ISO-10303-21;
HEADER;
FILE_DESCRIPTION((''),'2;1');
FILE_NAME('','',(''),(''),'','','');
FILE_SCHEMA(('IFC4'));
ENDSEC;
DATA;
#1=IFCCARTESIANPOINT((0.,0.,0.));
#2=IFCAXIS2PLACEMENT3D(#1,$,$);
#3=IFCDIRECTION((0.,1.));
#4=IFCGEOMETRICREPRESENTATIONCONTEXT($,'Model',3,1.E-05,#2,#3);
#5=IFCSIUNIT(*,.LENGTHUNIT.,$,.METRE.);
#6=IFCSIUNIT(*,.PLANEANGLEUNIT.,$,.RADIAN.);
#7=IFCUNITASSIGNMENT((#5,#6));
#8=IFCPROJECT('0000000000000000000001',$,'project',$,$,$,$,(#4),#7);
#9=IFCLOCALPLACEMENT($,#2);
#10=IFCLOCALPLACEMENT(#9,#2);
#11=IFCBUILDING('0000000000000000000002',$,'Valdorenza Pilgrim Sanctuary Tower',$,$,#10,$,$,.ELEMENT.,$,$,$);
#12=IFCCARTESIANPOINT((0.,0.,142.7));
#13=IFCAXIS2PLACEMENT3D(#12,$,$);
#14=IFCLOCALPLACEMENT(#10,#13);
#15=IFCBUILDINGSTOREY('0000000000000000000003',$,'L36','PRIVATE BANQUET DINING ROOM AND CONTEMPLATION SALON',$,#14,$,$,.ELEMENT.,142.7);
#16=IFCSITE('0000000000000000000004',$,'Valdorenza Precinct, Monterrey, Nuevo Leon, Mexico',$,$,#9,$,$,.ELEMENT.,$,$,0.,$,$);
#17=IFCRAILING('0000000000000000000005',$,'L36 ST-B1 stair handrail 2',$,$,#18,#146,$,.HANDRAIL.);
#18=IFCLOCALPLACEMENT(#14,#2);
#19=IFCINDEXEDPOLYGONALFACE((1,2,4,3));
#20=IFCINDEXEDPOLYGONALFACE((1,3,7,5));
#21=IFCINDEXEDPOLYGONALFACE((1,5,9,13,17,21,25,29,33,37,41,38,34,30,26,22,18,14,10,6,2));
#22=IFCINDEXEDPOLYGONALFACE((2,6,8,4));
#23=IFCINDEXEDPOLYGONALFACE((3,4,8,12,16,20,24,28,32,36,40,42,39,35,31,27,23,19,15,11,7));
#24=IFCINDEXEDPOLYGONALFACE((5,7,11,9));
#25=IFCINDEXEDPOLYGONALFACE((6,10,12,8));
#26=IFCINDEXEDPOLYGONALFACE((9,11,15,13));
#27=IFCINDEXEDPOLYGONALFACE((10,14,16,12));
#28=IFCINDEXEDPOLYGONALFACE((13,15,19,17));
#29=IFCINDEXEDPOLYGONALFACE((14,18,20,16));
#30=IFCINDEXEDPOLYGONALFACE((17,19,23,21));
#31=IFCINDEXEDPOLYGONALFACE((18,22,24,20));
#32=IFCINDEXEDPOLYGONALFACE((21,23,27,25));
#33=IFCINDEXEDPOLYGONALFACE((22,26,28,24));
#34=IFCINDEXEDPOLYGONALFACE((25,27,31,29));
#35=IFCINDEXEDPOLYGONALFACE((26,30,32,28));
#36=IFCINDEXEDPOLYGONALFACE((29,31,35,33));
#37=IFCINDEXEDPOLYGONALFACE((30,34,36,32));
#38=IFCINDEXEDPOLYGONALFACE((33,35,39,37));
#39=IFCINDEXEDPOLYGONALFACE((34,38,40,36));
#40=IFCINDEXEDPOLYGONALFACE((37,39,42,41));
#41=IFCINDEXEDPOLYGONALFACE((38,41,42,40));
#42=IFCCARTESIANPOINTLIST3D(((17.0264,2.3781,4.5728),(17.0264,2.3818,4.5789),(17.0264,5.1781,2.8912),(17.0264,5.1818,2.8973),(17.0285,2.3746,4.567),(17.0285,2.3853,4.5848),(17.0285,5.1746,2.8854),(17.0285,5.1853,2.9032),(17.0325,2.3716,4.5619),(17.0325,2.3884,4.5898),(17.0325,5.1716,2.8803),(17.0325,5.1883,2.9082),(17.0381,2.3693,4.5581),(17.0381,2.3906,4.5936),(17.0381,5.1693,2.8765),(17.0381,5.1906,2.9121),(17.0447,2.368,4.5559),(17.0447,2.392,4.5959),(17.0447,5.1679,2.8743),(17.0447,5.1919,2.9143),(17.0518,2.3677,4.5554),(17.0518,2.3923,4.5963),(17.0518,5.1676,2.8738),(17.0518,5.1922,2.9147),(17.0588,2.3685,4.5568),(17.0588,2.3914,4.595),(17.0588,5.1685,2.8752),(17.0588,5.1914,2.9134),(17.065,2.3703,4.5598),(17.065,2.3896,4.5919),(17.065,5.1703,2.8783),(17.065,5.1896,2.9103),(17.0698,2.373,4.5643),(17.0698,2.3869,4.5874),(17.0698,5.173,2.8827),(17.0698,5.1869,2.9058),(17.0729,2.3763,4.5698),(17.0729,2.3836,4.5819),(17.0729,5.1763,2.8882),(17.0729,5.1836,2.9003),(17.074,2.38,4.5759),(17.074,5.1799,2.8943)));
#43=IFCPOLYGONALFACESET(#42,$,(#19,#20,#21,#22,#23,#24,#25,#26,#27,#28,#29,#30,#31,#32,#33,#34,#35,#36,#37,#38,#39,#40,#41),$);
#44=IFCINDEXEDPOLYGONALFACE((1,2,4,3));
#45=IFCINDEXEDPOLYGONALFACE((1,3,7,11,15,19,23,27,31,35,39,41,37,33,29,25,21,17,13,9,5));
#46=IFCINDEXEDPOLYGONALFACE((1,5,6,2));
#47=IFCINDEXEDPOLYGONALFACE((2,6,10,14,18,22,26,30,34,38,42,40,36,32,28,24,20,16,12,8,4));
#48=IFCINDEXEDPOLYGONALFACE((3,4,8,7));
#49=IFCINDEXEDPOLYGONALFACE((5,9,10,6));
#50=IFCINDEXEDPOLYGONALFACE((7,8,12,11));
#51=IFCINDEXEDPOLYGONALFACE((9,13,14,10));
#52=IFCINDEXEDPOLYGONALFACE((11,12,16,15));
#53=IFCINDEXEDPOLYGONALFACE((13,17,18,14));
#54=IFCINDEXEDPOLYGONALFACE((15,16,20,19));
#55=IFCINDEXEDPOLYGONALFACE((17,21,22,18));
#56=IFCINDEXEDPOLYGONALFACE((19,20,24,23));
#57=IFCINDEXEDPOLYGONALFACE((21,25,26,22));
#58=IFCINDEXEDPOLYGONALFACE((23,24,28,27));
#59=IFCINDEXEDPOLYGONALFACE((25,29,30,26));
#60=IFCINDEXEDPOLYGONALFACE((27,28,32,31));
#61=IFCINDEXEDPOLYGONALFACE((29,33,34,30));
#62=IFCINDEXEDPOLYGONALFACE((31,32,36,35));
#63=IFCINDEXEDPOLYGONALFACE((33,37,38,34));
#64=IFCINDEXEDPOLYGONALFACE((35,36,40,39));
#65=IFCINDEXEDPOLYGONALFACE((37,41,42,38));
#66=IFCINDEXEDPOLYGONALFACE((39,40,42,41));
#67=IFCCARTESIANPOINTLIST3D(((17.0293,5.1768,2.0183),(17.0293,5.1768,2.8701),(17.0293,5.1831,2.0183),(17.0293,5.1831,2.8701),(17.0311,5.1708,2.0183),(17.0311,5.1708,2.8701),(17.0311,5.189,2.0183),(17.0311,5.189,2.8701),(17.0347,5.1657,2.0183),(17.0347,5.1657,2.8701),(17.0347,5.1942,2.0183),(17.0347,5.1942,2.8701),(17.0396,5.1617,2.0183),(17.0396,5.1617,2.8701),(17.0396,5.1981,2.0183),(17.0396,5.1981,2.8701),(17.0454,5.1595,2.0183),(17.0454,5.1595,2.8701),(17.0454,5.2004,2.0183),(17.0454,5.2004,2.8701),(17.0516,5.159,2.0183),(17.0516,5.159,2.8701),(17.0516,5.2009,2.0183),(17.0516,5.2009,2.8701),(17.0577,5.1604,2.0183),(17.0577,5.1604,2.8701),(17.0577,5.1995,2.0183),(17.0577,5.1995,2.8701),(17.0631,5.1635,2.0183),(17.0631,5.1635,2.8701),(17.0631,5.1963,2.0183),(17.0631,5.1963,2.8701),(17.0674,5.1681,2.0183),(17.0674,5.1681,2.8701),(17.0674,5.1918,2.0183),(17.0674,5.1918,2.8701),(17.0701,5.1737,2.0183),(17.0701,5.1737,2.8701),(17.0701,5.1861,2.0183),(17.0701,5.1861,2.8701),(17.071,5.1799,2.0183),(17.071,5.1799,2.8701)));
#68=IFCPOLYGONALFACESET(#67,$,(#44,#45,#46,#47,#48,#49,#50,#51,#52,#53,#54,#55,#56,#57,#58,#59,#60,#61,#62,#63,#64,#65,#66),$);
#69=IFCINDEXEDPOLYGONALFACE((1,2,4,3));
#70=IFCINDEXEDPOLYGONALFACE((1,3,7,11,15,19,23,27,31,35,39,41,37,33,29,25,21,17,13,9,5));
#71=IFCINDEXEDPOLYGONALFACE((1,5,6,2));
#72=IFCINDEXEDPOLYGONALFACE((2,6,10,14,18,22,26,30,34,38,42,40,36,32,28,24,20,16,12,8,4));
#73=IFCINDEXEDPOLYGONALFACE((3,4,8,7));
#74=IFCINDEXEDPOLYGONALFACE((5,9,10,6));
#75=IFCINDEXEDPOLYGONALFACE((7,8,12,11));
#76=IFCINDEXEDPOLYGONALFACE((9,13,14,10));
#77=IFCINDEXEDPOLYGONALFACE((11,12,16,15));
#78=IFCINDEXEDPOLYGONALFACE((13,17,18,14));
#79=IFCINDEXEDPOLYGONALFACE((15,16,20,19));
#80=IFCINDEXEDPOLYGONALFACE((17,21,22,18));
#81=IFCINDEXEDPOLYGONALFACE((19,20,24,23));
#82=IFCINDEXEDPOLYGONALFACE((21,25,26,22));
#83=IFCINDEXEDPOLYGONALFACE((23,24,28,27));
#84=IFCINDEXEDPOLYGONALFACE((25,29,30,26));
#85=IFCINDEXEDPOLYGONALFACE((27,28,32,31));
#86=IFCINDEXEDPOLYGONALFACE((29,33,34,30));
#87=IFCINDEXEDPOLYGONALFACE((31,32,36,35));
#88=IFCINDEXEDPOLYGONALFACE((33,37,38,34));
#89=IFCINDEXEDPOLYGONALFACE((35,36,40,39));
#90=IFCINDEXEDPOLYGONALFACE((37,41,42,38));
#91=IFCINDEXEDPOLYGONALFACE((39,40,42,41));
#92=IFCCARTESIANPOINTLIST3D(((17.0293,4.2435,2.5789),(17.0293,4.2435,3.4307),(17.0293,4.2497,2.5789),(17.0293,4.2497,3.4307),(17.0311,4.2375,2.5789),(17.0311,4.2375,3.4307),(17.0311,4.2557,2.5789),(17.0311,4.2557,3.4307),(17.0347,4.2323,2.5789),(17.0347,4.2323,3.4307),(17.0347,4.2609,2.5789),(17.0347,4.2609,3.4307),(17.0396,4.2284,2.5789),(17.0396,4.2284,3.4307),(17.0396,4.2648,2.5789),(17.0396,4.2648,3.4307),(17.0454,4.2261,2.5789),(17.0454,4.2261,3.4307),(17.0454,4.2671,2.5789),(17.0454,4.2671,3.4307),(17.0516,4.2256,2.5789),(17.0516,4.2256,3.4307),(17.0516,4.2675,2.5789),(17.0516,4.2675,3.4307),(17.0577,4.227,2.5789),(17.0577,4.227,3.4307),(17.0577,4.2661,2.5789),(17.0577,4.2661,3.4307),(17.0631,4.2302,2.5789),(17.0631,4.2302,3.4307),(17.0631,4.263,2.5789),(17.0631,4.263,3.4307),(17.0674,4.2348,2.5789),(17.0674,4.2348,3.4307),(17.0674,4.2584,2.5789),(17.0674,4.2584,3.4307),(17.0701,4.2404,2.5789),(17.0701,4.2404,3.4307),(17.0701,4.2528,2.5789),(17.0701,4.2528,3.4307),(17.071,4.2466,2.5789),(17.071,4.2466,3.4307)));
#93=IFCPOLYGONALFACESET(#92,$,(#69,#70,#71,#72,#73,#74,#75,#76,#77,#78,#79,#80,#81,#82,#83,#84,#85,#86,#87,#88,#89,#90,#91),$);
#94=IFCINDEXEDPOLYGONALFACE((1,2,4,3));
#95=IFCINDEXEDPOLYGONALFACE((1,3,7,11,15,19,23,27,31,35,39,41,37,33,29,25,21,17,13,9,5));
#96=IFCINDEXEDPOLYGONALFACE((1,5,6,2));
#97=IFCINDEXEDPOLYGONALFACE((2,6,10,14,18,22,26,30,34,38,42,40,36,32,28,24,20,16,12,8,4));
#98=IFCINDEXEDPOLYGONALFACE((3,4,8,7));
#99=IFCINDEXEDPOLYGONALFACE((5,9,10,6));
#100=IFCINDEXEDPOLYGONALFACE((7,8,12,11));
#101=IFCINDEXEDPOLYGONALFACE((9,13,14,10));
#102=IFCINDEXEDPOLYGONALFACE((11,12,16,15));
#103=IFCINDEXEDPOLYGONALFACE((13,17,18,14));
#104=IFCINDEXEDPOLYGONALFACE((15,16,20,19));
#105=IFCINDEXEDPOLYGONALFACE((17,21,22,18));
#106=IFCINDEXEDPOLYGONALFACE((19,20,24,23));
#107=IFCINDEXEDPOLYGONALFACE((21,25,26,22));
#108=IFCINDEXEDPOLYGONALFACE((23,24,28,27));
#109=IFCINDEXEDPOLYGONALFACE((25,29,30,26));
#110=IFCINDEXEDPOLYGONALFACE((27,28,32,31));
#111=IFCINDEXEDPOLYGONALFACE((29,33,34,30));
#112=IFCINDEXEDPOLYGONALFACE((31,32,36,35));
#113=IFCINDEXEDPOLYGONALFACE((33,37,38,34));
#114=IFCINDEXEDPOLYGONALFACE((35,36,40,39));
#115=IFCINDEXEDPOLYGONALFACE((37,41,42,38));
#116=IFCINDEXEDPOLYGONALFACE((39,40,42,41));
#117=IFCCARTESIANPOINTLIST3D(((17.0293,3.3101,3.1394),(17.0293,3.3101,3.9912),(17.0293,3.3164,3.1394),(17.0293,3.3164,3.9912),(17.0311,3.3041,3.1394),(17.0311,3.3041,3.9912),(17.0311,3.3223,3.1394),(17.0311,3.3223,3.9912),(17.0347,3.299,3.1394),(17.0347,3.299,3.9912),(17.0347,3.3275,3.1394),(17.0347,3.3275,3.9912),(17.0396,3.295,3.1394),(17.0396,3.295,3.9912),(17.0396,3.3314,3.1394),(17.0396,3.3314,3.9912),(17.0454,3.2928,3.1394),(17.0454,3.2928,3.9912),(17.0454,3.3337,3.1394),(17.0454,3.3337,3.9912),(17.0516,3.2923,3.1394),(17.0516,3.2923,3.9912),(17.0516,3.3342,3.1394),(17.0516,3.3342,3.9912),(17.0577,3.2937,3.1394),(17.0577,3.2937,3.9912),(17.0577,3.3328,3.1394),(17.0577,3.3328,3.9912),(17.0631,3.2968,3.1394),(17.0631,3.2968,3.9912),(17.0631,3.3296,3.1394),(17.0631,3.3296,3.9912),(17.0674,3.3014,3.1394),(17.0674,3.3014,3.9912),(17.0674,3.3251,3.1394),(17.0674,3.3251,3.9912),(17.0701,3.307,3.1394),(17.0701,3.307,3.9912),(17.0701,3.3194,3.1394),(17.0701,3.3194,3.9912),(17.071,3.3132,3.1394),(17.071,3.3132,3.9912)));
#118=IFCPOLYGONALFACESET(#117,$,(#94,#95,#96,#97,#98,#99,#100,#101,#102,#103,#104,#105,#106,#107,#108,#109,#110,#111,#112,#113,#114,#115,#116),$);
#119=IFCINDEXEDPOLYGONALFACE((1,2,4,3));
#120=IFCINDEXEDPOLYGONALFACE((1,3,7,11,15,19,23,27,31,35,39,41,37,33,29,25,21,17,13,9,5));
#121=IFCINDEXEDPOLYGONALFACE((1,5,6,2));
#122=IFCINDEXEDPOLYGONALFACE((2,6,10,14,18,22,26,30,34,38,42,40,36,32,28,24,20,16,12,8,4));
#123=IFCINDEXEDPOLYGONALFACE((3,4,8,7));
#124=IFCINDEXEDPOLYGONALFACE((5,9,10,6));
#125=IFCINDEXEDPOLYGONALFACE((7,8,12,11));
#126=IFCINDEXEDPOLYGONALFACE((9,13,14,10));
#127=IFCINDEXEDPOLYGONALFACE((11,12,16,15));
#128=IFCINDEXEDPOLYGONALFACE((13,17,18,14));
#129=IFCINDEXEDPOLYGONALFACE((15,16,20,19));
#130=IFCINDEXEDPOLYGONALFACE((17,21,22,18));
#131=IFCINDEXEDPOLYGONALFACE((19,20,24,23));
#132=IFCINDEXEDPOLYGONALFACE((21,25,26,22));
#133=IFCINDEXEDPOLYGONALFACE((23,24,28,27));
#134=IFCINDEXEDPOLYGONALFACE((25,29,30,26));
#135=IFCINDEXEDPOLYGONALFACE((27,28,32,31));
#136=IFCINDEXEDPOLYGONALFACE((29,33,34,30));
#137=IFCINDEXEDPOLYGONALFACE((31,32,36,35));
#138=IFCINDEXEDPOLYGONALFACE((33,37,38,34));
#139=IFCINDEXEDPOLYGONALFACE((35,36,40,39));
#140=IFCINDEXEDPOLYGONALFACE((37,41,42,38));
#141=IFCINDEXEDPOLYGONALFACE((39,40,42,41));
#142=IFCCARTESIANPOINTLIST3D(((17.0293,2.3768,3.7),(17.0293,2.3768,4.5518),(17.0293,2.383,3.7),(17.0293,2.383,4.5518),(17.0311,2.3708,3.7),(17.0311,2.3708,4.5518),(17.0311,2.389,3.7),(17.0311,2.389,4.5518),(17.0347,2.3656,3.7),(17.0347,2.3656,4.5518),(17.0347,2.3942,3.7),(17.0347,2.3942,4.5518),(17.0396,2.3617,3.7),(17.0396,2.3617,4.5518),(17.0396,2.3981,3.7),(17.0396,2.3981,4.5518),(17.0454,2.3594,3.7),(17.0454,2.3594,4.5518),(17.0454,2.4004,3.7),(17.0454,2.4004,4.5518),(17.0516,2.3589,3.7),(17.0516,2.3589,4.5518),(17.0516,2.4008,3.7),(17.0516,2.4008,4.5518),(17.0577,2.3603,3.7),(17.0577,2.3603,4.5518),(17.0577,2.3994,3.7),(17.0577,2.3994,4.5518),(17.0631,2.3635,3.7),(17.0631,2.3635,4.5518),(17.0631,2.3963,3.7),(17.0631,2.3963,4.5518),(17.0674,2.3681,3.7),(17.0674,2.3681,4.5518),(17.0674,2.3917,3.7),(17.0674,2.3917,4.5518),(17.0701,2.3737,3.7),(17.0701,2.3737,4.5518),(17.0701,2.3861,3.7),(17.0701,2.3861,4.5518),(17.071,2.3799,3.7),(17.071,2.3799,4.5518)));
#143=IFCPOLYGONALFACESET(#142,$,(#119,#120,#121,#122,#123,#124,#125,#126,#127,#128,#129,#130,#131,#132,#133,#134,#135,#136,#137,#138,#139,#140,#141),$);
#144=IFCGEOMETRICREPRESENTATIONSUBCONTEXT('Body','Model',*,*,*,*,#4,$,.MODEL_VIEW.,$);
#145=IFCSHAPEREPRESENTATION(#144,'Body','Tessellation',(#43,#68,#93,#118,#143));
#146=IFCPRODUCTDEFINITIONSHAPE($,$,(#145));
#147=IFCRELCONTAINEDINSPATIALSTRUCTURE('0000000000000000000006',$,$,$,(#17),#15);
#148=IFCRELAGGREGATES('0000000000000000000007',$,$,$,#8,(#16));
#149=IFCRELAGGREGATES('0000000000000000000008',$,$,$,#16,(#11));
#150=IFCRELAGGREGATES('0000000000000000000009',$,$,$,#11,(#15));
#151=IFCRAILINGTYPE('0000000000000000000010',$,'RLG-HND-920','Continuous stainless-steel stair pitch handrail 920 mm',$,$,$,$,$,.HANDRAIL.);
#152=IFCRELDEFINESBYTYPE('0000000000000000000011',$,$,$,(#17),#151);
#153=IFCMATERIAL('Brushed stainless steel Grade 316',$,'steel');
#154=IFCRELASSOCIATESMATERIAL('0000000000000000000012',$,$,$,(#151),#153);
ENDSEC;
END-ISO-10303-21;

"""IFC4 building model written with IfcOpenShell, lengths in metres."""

from ifc_helpers import new_model, si_unit, direction, frame, origin, origin_2d, place, context, subcontext, project, spatial, circle, extrude, material, type_object, element, save


model = new_model("IFC4")

# Units and contexts
model_context = context("Model", 3, precision=1e-05, world=origin(), true_north=direction((0.0, 1.0)))
body_context = subcontext(model_context, "Body", "Model", "MODEL_VIEW")
ifc_project = project(units=[si_unit("LENGTHUNIT", "METRE"), si_unit("PLANEANGLEUNIT", "RADIAN")], contexts=[model_context])

# Site, building, storey
site_placement = place(None, origin())
site = spatial("IfcSite", under=ifc_project, at=site_placement, Name="Valdorenza Precinct, Monterrey, Nuevo Leon, Mexico", CompositionType="ELEMENT", RefElevation=0.0)
building_placement = place(site_placement, origin())
building = spatial("IfcBuilding", under=site, at=building_placement, Name="Valdorenza Pilgrim Sanctuary Tower", CompositionType="ELEMENT")
storey_placement = place(building_placement, frame((0.0, 0.0, 142.7)))
storey = spatial("IfcBuildingStorey", under=building, at=storey_placement, Name="L36", Description="PRIVATE BANQUET DINING ROOM AND CONTEMPLATION SALON", CompositionType="ELEMENT", Elevation=142.7)

# Shared definitions
ifc_material_1 = material(Name="Brushed stainless steel Grade 316", Category="steel")

# Railing
railing_type_1 = type_object("IfcRailingType", Name="RLG-HND-920", Description="Continuous stainless-steel stair pitch handrail 920 mm", PredefinedType="HANDRAIL", material=ifc_material_1)
railing_1_placement = place(storey_placement, frame((17.05, 5.1799, 2.0183)))
element("IfcRailing", 1, at=railing_1_placement, inside=storey, type_object=railing_type_1, Name="L36 ST-B1 stair handrail 2", PredefinedType="HANDRAIL", context=body_context, shape_type="SweptSolid", body=[
    extrude(circle(Radius=0.0239, at=origin_2d()), frame((0.0, 0.0, 0.876), z_axis=(0.0, -0.857275, 0.514858), x_axis=(1.0, 0.0, 0.0)), (0.0, 0.0, 1.0), 3.2661),
    extrude(circle(Radius=0.021, at=origin_2d()), origin(), (0.0, 0.0, 1.0), 0.8518),
    extrude(circle(Radius=0.021, at=origin_2d()), frame((0.0, -0.9333, 0.5605)), (0.0, 0.0, 1.0), 0.8518),
    extrude(circle(Radius=0.021, at=origin_2d()), frame((0.0, -1.8667, 1.1211)), (0.0, 0.0, 1.0), 0.8518),
    extrude(circle(Radius=0.021, at=origin_2d()), frame((0.0, -2.8, 1.6816)), (0.0, 0.0, 1.0), 0.8518),
])

save(model, "model.ifc")
